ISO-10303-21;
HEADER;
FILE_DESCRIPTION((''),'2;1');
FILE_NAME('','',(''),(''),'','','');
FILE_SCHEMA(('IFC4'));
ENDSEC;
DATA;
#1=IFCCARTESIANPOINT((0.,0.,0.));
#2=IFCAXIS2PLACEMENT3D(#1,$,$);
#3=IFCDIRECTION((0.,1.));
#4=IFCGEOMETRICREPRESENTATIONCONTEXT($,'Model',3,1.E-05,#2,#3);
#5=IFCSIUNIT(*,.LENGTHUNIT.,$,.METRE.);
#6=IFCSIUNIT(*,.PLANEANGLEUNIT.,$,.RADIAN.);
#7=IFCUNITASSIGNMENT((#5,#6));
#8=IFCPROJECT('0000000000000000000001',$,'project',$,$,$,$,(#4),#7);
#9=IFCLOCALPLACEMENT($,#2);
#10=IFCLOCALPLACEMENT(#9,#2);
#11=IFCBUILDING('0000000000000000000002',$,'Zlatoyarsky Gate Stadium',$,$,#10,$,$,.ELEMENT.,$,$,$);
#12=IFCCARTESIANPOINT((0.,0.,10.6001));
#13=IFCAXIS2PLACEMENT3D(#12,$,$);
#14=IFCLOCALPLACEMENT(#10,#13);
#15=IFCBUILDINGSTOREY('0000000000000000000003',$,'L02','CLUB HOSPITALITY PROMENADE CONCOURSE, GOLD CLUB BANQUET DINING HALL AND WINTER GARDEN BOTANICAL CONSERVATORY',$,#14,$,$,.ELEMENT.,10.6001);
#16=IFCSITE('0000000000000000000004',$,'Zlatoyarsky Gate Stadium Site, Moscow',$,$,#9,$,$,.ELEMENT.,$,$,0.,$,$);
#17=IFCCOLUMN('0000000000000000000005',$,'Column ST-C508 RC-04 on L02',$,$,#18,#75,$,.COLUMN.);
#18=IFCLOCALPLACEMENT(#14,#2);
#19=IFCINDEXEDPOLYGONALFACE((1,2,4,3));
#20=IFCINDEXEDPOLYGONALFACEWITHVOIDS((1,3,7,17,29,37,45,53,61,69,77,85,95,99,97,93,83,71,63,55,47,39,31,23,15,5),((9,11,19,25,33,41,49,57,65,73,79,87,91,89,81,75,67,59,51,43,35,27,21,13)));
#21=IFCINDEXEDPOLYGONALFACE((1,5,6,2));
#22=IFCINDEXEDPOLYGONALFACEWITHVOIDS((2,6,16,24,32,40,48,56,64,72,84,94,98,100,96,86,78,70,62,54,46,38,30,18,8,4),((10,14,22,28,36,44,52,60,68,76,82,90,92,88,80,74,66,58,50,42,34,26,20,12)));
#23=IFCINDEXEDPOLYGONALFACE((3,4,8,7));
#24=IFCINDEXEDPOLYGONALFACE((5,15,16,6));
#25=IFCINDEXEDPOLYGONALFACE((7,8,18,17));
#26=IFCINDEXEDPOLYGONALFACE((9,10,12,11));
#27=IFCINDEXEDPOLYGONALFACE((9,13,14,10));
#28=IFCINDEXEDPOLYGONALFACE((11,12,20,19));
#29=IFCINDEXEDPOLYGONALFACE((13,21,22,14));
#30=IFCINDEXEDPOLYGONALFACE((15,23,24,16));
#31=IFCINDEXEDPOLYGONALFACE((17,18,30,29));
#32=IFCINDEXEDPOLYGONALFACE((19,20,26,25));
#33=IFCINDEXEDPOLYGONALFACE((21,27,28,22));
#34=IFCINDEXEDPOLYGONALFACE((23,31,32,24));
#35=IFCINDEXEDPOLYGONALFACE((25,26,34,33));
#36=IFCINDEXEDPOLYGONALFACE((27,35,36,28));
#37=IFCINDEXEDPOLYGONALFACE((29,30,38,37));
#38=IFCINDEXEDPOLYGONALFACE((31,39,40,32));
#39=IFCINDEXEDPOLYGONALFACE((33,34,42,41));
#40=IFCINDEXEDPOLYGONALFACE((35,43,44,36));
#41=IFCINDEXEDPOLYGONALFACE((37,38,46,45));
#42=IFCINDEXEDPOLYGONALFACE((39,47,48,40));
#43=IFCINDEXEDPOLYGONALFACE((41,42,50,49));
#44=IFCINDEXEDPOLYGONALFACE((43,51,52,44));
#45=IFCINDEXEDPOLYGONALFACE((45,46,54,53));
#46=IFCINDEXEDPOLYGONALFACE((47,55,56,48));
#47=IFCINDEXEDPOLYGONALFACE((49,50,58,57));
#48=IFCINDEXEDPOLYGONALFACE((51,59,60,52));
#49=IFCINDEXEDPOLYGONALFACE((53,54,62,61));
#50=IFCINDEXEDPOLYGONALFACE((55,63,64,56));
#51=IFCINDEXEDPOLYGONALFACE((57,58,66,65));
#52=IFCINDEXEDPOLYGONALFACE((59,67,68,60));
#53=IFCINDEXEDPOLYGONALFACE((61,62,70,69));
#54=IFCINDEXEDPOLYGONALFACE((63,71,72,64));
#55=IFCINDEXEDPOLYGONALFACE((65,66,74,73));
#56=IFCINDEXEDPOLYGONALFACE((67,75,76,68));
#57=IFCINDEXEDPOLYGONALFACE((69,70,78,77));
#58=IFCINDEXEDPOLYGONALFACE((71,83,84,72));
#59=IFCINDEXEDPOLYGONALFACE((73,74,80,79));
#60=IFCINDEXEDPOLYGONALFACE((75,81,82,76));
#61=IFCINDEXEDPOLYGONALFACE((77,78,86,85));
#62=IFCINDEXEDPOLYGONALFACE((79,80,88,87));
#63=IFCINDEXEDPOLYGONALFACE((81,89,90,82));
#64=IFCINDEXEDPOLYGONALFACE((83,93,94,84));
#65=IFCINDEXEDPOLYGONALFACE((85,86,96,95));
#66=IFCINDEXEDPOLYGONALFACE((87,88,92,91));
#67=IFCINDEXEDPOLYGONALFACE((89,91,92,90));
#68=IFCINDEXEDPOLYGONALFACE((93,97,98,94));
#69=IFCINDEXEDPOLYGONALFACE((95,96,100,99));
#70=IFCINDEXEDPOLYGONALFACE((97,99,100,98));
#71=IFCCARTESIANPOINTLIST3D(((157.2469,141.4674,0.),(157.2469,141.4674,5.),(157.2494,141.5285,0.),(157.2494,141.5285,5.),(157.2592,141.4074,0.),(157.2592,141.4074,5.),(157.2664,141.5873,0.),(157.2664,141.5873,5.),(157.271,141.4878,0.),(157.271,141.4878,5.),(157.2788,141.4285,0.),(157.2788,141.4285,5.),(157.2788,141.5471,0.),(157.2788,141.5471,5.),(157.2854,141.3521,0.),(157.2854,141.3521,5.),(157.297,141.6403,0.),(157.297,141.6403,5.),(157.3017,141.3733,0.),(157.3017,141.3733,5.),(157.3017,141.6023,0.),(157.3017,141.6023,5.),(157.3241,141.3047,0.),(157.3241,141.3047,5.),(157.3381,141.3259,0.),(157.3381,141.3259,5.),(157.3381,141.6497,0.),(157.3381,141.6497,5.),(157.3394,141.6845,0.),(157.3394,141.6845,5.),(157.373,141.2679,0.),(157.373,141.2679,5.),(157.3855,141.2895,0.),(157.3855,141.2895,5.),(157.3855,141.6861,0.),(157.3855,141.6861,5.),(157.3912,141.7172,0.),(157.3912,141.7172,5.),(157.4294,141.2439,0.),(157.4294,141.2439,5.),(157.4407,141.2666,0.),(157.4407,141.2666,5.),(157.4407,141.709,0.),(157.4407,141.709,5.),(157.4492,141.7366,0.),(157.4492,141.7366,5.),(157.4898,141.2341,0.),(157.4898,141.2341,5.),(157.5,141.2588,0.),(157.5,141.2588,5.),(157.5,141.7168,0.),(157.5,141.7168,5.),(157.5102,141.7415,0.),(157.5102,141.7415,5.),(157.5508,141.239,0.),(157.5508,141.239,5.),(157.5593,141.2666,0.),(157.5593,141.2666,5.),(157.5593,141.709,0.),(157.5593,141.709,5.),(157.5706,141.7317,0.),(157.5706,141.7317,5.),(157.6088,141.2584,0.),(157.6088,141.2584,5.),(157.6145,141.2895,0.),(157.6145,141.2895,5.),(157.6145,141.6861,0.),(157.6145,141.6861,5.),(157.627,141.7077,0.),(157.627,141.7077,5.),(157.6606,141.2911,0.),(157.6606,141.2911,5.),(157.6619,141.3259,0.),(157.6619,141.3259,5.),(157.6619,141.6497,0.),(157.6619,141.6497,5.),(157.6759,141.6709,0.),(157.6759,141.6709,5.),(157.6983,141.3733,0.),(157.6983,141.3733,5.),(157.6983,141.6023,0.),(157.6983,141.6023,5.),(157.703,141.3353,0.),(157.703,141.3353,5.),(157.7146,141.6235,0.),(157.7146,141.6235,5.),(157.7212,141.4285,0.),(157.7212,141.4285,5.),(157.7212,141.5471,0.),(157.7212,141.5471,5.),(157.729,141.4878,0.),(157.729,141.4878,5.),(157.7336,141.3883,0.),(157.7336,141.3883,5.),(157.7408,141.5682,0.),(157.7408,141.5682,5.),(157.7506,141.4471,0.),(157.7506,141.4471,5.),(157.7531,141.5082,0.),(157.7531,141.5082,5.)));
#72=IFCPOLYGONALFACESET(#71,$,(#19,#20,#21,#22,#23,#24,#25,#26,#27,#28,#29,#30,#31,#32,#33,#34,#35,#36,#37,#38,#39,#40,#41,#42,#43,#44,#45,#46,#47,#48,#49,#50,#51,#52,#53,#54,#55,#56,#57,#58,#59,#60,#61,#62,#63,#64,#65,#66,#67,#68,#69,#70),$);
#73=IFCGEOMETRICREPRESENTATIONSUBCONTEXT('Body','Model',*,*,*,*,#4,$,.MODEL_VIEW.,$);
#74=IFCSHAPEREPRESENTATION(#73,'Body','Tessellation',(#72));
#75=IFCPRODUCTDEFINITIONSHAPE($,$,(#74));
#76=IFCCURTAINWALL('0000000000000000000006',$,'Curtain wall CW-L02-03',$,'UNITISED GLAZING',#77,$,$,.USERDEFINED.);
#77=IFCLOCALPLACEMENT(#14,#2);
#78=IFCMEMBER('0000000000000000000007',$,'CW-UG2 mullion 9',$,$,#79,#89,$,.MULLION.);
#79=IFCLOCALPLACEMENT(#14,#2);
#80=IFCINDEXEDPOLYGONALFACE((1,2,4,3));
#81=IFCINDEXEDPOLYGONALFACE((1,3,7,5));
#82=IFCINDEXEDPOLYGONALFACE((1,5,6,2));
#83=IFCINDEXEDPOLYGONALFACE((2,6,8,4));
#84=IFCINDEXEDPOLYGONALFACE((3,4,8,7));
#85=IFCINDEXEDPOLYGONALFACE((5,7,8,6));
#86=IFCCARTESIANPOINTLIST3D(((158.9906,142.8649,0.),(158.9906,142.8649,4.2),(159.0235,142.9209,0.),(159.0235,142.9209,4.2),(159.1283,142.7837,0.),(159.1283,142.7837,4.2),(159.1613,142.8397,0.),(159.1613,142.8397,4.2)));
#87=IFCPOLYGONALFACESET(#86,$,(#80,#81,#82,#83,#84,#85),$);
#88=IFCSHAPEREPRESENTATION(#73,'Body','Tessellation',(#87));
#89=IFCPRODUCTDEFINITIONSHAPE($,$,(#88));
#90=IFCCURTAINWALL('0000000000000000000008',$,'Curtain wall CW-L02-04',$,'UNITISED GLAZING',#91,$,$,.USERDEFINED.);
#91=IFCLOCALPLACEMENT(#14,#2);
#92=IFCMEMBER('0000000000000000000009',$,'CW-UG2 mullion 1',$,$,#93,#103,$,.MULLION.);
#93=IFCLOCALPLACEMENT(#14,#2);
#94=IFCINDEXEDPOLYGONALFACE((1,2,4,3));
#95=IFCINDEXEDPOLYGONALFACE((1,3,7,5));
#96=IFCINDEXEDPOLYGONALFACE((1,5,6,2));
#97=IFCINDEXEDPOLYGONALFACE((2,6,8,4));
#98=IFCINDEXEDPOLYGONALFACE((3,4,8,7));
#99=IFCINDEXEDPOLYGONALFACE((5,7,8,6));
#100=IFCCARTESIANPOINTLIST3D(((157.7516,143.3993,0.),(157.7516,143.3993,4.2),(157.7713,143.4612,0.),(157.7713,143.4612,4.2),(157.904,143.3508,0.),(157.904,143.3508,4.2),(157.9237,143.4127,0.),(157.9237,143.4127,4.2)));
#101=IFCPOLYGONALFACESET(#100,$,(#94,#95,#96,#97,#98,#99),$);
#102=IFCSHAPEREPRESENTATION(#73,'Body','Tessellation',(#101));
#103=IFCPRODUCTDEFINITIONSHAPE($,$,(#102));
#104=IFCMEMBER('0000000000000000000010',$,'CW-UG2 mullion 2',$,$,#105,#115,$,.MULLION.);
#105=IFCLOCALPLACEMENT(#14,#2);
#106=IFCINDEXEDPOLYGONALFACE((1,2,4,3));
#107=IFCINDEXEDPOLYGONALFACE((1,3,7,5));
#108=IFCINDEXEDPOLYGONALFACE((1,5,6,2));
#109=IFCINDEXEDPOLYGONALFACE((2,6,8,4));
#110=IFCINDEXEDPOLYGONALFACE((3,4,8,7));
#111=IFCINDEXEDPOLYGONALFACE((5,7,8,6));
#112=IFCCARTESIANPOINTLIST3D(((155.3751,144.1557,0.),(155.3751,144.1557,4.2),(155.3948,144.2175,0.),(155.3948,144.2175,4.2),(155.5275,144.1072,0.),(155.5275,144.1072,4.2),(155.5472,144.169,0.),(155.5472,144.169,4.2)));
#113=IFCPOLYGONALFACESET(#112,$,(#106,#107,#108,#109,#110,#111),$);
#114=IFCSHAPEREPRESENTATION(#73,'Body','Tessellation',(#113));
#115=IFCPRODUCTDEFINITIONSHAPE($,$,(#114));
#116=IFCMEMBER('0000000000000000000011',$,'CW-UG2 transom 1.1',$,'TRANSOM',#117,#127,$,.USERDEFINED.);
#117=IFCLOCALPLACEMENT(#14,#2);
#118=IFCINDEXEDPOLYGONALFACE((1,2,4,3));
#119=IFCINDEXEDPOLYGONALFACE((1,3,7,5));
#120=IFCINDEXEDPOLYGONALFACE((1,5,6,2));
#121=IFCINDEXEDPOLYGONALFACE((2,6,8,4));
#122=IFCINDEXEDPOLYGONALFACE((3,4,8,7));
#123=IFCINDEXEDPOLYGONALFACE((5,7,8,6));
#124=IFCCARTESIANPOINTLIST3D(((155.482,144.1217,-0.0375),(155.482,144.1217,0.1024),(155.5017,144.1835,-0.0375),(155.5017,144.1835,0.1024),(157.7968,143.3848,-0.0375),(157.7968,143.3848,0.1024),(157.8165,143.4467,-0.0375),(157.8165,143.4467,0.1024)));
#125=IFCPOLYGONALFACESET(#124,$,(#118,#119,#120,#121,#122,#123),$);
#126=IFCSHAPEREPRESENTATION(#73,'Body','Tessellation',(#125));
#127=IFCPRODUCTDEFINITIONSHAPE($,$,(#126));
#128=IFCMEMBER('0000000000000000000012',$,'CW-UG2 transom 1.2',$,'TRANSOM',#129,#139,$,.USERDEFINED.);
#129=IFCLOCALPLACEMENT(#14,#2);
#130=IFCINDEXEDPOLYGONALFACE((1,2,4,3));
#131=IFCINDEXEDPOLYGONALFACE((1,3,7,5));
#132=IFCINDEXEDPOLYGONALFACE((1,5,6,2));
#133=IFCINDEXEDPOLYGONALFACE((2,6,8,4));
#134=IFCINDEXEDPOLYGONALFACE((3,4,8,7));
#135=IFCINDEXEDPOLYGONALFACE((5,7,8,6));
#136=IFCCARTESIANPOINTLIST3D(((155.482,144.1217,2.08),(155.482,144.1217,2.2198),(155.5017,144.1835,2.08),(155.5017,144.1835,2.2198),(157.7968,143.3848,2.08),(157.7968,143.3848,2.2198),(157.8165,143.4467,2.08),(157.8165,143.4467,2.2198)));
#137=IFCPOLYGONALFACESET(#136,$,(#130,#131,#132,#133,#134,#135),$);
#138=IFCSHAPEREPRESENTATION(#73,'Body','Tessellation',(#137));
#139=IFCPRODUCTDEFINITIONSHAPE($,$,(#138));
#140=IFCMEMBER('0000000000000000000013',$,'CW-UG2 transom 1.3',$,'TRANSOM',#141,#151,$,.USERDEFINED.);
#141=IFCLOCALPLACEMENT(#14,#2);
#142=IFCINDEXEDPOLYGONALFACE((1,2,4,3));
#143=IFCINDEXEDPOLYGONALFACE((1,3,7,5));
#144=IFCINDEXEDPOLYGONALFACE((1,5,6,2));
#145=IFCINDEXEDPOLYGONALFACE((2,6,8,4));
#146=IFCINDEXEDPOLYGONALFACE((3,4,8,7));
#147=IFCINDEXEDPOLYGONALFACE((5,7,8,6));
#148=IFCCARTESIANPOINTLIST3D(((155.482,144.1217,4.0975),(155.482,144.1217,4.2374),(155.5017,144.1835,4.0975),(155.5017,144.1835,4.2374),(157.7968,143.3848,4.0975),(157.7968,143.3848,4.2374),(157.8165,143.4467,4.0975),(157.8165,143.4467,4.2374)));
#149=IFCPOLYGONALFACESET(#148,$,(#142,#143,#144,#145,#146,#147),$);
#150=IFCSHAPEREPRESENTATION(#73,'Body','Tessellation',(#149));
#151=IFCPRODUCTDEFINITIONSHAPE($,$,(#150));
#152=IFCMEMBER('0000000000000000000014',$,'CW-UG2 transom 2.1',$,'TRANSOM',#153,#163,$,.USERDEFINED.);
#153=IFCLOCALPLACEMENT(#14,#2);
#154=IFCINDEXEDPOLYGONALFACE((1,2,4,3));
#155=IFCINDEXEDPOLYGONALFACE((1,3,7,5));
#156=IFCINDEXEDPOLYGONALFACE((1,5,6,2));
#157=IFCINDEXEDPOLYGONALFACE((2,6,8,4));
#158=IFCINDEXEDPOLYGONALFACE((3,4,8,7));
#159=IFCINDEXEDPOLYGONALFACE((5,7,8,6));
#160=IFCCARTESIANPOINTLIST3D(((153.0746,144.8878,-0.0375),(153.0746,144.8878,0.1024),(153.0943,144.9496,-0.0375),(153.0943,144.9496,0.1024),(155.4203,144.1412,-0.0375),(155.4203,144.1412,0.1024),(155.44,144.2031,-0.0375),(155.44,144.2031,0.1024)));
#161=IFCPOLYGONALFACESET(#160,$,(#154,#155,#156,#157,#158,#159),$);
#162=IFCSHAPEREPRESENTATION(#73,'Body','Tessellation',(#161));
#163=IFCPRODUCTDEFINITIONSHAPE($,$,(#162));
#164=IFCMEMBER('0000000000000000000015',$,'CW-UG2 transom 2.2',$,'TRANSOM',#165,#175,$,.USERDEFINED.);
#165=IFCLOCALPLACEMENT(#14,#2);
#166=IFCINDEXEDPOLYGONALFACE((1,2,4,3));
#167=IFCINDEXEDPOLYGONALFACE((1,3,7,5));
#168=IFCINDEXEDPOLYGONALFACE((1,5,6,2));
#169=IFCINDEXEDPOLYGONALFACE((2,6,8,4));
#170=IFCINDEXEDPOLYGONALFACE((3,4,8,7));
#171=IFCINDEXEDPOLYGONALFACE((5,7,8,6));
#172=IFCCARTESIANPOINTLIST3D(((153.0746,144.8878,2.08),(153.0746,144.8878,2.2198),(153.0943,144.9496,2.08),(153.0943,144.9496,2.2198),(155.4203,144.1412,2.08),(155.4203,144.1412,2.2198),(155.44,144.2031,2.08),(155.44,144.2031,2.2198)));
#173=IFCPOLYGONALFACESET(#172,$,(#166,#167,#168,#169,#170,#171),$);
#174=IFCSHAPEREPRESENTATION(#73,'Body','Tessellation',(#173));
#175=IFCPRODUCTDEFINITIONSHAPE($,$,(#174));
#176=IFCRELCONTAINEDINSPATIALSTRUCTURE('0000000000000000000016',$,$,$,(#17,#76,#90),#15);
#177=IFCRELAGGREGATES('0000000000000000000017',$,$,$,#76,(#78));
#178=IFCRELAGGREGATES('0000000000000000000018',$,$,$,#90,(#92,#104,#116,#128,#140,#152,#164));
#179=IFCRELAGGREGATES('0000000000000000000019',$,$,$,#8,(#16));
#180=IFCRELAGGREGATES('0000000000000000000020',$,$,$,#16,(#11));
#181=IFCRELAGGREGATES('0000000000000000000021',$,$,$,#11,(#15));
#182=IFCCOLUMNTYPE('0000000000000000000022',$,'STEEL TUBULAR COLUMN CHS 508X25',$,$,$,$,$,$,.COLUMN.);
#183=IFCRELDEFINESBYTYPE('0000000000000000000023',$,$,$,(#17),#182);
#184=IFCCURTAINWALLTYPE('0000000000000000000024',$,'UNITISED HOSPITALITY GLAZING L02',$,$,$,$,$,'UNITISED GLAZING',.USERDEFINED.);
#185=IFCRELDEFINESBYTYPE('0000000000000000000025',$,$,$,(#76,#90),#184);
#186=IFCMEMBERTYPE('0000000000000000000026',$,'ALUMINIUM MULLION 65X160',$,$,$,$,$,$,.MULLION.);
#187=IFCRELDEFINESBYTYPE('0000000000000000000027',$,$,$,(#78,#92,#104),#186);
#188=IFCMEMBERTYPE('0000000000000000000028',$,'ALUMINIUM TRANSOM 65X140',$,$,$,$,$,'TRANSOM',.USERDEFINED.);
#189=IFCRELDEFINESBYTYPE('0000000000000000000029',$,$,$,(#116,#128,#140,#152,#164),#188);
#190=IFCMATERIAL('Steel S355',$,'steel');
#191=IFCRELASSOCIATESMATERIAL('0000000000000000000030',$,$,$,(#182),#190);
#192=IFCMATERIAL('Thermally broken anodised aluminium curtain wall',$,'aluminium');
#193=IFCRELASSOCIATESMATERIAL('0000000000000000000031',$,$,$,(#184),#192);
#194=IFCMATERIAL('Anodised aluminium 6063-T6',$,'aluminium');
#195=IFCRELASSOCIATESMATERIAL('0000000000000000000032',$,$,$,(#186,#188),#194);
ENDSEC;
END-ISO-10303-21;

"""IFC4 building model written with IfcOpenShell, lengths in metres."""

from ifc_helpers import new_model, si_unit, direction, frame, origin, origin_2d, place, context, subcontext, project, spatial, rectangle, hollow_circle, extrude, material, material_profile, profile_set, type_object, element, aggregate, save


model = new_model("IFC4")

# Units and contexts
model_context = context("Model", 3, precision=1e-05, world=origin(), true_north=direction((0.0, 1.0)))
body_context = subcontext(model_context, "Body", "Model", "MODEL_VIEW")
ifc_project = project(units=[si_unit("LENGTHUNIT", "METRE"), si_unit("PLANEANGLEUNIT", "RADIAN")], contexts=[model_context])

# Site, building, storey
site_placement = place(None, origin())
site = spatial("IfcSite", under=ifc_project, at=site_placement, Name="Zlatoyarsky Gate Stadium Site, Moscow", CompositionType="ELEMENT", RefElevation=0.0)
building_placement = place(site_placement, origin())
building = spatial("IfcBuilding", under=site, at=building_placement, Name="Zlatoyarsky Gate Stadium", CompositionType="ELEMENT")
storey_placement = place(building_placement, frame((0.0, 0.0, 10.6001)))
storey = spatial("IfcBuildingStorey", under=building, at=storey_placement, Name="L02", Description="CLUB HOSPITALITY PROMENADE CONCOURSE, GOLD CLUB BANQUET DINING HALL AND WINTER GARDEN BOTANICAL CONSERVATORY", CompositionType="ELEMENT", Elevation=10.6001)

# Column
ifc_material_1 = material(Name="Steel S355", Category="steel")
ifc_material_profile_1 = material_profile(ifc_material_1, hollow_circle(Radius=0.2539, WallThickness=0.0249, at=origin_2d()), Name="CHS 508X25")
ifc_profile_set_1 = profile_set([ifc_material_profile_1], Name="Steel S355")
column_type = type_object("IfcColumnType", Name="STEEL TUBULAR COLUMN CHS 508X25", PredefinedType="COLUMN", material=ifc_profile_set_1)
column_placement = place(storey_placement, frame((157.5, 141.4878, 0.0), z_axis=(0.0, 0.0, 1.0), x_axis=(0.5, 0.866025, 0.0)))
element("IfcColumn", 1, at=column_placement, inside=storey, type_object=column_type, Name="Column ST-C508 RC-04 on L02", PredefinedType="COLUMN", context=body_context, shape_type="SweptSolid", body=[
    extrude(hollow_circle(Radius=0.2539, WallThickness=0.0249, at=origin_2d()), origin(), (0.0, 0.0, 1.0), 5.0),
])

# Curtain wall, member
ifc_material_2 = material(Name="Thermally broken anodised aluminium curtain wall", Category="aluminium")
curtain_wall_type = type_object("IfcCurtainWallType", Name="UNITISED HOSPITALITY GLAZING L02", ElementType="UNITISED GLAZING", PredefinedType="USERDEFINED", material=ifc_material_2)
curtain_wall_1_placement = place(storey_placement, origin())
curtain_wall_1 = element("IfcCurtainWall", 2, at=curtain_wall_1_placement, inside=storey, type_object=curtain_wall_type, Name="Curtain wall CW-L02-03", ObjectType="UNITISED GLAZING", PredefinedType="USERDEFINED")
ifc_material_3 = material(Name="Anodised aluminium 6063-T6", Category="aluminium")
ifc_material_profile_2 = material_profile(ifc_material_3, rectangle(XDim=0.0649, YDim=0.1599, at=origin_2d()), Name="ALU 65X160")
ifc_profile_set_2 = profile_set([ifc_material_profile_2], Name="Anodised aluminium 6063-T6")
member_type_1 = type_object("IfcMemberType", Name="ALUMINIUM MULLION 65X160", PredefinedType="MULLION", material=ifc_profile_set_2)
member_1_placement = place(storey_placement, frame((159.0759, 142.8523, 0.0), z_axis=(0.0, 0.0, 1.0), x_axis=(-0.507884, -0.861425, 0.0)))
member_1 = element("IfcMember", 3, at=member_1_placement, type_object=member_type_1, Name="CW-UG2 mullion 9", PredefinedType="MULLION", context=body_context, shape_type="SweptSolid", body=[
    extrude(rectangle(XDim=0.0649, YDim=0.1599, at=origin_2d()), origin(), (0.0, 0.0, 1.0), 4.2),
])
aggregate(curtain_wall_1, [member_1])

# Curtain wall, members
curtain_wall_2_placement = place(storey_placement, origin())
curtain_wall_2 = element("IfcCurtainWall", 4, at=curtain_wall_2_placement, inside=storey, type_object=curtain_wall_type, Name="Curtain wall CW-L02-04", ObjectType="UNITISED GLAZING", PredefinedType="USERDEFINED")
member_2_placement = place(storey_placement, frame((157.8376, 143.406, 0.0), z_axis=(0.0, 0.0, 1.0), x_axis=(-0.303278, -0.952902, 0.0)))
member_2 = element("IfcMember", 5, at=member_2_placement, type_object=member_type_1, Name="CW-UG2 mullion 1", PredefinedType="MULLION", context=body_context, shape_type="SweptSolid", body=[
    extrude(rectangle(XDim=0.0649, YDim=0.1599, at=origin_2d()), origin(), (0.0, 0.0, 1.0), 4.2),
])
member_3_placement = place(storey_placement, frame((155.4612, 144.1624, 0.0), z_axis=(0.0, 0.0, 1.0), x_axis=(-0.303278, -0.952902, 0.0)))
member_3 = element("IfcMember", 6, at=member_3_placement, type_object=member_type_1, Name="CW-UG2 mullion 2", PredefinedType="MULLION", context=body_context, shape_type="SweptSolid", body=[
    extrude(rectangle(XDim=0.0649, YDim=0.1599, at=origin_2d()), origin(), (0.0, 0.0, 1.0), 4.2),
])
ifc_material_profile_3 = material_profile(ifc_material_3, rectangle(XDim=0.0649, YDim=0.1399, at=origin_2d()), Name="ALU 65X140")
ifc_profile_set_3 = profile_set([ifc_material_profile_3], Name="Anodised aluminium 6063-T6")
member_type_2 = type_object("IfcMemberType", Name="ALUMINIUM TRANSOM 65X140", ElementType="TRANSOM", PredefinedType="USERDEFINED", material=ifc_profile_set_3)
member_4_placement = place(storey_placement, frame((157.8066, 143.4158, 0.0325), z_axis=(-0.952887, 0.303324, 0.0), x_axis=(-0.303324, -0.952887, 0.0)))
member_4 = element("IfcMember", 7, at=member_4_placement, type_object=member_type_2, Name="CW-UG2 transom 1.1", ObjectType="TRANSOM", PredefinedType="USERDEFINED", context=body_context, shape_type="SweptSolid", body=[
    extrude(rectangle(XDim=0.0649, YDim=0.1399, at=origin_2d()), origin(), (0.0, 0.0, 1.0), 2.4292),
])
member_5_placement = place(storey_placement, frame((157.8066, 143.4158, 2.1499), z_axis=(-0.952887, 0.303324, 0.0), x_axis=(-0.303324, -0.952887, 0.0)))
member_5 = element("IfcMember", 8, at=member_5_placement, type_object=member_type_2, Name="CW-UG2 transom 1.2", ObjectType="TRANSOM", PredefinedType="USERDEFINED", context=body_context, shape_type="SweptSolid", body=[
    extrude(rectangle(XDim=0.0649, YDim=0.1399, at=origin_2d()), origin(), (0.0, 0.0, 1.0), 2.4292),
])
member_6_placement = place(storey_placement, frame((157.8066, 143.4158, 4.1675), z_axis=(-0.952887, 0.303324, 0.0), x_axis=(-0.303324, -0.952887, 0.0)))
member_6 = element("IfcMember", 9, at=member_6_placement, type_object=member_type_2, Name="CW-UG2 transom 1.3", ObjectType="TRANSOM", PredefinedType="USERDEFINED", context=body_context, shape_type="SweptSolid", body=[
    extrude(rectangle(XDim=0.0649, YDim=0.1399, at=origin_2d()), origin(), (0.0, 0.0, 1.0), 2.4292),
])
member_7_placement = place(storey_placement, frame((155.4302, 144.1721, 0.0325), z_axis=(-0.9529, 0.303286, 0.0), x_axis=(-0.303286, -0.9529, 0.0)))
member_7 = element("IfcMember", 10, at=member_7_placement, type_object=member_type_2, Name="CW-UG2 transom 2.1", ObjectType="TRANSOM", PredefinedType="USERDEFINED", context=body_context, shape_type="SweptSolid", body=[
    extrude(rectangle(XDim=0.0649, YDim=0.1399, at=origin_2d()), origin(), (0.0, 0.0, 1.0), 2.4617),
])
member_8_placement = place(storey_placement, frame((155.4302, 144.1721, 2.1499), z_axis=(-0.9529, 0.303286, 0.0), x_axis=(-0.303286, -0.9529, 0.0)))
member_8 = element("IfcMember", 11, at=member_8_placement, type_object=member_type_2, Name="CW-UG2 transom 2.2", ObjectType="TRANSOM", PredefinedType="USERDEFINED", context=body_context, shape_type="SweptSolid", body=[
    extrude(rectangle(XDim=0.0649, YDim=0.1399, at=origin_2d()), origin(), (0.0, 0.0, 1.0), 2.4617),
])

aggregate(curtain_wall_2, [member_2, member_3, member_4, member_5, member_6, member_7, member_8])

save(model, "model.ifc")
